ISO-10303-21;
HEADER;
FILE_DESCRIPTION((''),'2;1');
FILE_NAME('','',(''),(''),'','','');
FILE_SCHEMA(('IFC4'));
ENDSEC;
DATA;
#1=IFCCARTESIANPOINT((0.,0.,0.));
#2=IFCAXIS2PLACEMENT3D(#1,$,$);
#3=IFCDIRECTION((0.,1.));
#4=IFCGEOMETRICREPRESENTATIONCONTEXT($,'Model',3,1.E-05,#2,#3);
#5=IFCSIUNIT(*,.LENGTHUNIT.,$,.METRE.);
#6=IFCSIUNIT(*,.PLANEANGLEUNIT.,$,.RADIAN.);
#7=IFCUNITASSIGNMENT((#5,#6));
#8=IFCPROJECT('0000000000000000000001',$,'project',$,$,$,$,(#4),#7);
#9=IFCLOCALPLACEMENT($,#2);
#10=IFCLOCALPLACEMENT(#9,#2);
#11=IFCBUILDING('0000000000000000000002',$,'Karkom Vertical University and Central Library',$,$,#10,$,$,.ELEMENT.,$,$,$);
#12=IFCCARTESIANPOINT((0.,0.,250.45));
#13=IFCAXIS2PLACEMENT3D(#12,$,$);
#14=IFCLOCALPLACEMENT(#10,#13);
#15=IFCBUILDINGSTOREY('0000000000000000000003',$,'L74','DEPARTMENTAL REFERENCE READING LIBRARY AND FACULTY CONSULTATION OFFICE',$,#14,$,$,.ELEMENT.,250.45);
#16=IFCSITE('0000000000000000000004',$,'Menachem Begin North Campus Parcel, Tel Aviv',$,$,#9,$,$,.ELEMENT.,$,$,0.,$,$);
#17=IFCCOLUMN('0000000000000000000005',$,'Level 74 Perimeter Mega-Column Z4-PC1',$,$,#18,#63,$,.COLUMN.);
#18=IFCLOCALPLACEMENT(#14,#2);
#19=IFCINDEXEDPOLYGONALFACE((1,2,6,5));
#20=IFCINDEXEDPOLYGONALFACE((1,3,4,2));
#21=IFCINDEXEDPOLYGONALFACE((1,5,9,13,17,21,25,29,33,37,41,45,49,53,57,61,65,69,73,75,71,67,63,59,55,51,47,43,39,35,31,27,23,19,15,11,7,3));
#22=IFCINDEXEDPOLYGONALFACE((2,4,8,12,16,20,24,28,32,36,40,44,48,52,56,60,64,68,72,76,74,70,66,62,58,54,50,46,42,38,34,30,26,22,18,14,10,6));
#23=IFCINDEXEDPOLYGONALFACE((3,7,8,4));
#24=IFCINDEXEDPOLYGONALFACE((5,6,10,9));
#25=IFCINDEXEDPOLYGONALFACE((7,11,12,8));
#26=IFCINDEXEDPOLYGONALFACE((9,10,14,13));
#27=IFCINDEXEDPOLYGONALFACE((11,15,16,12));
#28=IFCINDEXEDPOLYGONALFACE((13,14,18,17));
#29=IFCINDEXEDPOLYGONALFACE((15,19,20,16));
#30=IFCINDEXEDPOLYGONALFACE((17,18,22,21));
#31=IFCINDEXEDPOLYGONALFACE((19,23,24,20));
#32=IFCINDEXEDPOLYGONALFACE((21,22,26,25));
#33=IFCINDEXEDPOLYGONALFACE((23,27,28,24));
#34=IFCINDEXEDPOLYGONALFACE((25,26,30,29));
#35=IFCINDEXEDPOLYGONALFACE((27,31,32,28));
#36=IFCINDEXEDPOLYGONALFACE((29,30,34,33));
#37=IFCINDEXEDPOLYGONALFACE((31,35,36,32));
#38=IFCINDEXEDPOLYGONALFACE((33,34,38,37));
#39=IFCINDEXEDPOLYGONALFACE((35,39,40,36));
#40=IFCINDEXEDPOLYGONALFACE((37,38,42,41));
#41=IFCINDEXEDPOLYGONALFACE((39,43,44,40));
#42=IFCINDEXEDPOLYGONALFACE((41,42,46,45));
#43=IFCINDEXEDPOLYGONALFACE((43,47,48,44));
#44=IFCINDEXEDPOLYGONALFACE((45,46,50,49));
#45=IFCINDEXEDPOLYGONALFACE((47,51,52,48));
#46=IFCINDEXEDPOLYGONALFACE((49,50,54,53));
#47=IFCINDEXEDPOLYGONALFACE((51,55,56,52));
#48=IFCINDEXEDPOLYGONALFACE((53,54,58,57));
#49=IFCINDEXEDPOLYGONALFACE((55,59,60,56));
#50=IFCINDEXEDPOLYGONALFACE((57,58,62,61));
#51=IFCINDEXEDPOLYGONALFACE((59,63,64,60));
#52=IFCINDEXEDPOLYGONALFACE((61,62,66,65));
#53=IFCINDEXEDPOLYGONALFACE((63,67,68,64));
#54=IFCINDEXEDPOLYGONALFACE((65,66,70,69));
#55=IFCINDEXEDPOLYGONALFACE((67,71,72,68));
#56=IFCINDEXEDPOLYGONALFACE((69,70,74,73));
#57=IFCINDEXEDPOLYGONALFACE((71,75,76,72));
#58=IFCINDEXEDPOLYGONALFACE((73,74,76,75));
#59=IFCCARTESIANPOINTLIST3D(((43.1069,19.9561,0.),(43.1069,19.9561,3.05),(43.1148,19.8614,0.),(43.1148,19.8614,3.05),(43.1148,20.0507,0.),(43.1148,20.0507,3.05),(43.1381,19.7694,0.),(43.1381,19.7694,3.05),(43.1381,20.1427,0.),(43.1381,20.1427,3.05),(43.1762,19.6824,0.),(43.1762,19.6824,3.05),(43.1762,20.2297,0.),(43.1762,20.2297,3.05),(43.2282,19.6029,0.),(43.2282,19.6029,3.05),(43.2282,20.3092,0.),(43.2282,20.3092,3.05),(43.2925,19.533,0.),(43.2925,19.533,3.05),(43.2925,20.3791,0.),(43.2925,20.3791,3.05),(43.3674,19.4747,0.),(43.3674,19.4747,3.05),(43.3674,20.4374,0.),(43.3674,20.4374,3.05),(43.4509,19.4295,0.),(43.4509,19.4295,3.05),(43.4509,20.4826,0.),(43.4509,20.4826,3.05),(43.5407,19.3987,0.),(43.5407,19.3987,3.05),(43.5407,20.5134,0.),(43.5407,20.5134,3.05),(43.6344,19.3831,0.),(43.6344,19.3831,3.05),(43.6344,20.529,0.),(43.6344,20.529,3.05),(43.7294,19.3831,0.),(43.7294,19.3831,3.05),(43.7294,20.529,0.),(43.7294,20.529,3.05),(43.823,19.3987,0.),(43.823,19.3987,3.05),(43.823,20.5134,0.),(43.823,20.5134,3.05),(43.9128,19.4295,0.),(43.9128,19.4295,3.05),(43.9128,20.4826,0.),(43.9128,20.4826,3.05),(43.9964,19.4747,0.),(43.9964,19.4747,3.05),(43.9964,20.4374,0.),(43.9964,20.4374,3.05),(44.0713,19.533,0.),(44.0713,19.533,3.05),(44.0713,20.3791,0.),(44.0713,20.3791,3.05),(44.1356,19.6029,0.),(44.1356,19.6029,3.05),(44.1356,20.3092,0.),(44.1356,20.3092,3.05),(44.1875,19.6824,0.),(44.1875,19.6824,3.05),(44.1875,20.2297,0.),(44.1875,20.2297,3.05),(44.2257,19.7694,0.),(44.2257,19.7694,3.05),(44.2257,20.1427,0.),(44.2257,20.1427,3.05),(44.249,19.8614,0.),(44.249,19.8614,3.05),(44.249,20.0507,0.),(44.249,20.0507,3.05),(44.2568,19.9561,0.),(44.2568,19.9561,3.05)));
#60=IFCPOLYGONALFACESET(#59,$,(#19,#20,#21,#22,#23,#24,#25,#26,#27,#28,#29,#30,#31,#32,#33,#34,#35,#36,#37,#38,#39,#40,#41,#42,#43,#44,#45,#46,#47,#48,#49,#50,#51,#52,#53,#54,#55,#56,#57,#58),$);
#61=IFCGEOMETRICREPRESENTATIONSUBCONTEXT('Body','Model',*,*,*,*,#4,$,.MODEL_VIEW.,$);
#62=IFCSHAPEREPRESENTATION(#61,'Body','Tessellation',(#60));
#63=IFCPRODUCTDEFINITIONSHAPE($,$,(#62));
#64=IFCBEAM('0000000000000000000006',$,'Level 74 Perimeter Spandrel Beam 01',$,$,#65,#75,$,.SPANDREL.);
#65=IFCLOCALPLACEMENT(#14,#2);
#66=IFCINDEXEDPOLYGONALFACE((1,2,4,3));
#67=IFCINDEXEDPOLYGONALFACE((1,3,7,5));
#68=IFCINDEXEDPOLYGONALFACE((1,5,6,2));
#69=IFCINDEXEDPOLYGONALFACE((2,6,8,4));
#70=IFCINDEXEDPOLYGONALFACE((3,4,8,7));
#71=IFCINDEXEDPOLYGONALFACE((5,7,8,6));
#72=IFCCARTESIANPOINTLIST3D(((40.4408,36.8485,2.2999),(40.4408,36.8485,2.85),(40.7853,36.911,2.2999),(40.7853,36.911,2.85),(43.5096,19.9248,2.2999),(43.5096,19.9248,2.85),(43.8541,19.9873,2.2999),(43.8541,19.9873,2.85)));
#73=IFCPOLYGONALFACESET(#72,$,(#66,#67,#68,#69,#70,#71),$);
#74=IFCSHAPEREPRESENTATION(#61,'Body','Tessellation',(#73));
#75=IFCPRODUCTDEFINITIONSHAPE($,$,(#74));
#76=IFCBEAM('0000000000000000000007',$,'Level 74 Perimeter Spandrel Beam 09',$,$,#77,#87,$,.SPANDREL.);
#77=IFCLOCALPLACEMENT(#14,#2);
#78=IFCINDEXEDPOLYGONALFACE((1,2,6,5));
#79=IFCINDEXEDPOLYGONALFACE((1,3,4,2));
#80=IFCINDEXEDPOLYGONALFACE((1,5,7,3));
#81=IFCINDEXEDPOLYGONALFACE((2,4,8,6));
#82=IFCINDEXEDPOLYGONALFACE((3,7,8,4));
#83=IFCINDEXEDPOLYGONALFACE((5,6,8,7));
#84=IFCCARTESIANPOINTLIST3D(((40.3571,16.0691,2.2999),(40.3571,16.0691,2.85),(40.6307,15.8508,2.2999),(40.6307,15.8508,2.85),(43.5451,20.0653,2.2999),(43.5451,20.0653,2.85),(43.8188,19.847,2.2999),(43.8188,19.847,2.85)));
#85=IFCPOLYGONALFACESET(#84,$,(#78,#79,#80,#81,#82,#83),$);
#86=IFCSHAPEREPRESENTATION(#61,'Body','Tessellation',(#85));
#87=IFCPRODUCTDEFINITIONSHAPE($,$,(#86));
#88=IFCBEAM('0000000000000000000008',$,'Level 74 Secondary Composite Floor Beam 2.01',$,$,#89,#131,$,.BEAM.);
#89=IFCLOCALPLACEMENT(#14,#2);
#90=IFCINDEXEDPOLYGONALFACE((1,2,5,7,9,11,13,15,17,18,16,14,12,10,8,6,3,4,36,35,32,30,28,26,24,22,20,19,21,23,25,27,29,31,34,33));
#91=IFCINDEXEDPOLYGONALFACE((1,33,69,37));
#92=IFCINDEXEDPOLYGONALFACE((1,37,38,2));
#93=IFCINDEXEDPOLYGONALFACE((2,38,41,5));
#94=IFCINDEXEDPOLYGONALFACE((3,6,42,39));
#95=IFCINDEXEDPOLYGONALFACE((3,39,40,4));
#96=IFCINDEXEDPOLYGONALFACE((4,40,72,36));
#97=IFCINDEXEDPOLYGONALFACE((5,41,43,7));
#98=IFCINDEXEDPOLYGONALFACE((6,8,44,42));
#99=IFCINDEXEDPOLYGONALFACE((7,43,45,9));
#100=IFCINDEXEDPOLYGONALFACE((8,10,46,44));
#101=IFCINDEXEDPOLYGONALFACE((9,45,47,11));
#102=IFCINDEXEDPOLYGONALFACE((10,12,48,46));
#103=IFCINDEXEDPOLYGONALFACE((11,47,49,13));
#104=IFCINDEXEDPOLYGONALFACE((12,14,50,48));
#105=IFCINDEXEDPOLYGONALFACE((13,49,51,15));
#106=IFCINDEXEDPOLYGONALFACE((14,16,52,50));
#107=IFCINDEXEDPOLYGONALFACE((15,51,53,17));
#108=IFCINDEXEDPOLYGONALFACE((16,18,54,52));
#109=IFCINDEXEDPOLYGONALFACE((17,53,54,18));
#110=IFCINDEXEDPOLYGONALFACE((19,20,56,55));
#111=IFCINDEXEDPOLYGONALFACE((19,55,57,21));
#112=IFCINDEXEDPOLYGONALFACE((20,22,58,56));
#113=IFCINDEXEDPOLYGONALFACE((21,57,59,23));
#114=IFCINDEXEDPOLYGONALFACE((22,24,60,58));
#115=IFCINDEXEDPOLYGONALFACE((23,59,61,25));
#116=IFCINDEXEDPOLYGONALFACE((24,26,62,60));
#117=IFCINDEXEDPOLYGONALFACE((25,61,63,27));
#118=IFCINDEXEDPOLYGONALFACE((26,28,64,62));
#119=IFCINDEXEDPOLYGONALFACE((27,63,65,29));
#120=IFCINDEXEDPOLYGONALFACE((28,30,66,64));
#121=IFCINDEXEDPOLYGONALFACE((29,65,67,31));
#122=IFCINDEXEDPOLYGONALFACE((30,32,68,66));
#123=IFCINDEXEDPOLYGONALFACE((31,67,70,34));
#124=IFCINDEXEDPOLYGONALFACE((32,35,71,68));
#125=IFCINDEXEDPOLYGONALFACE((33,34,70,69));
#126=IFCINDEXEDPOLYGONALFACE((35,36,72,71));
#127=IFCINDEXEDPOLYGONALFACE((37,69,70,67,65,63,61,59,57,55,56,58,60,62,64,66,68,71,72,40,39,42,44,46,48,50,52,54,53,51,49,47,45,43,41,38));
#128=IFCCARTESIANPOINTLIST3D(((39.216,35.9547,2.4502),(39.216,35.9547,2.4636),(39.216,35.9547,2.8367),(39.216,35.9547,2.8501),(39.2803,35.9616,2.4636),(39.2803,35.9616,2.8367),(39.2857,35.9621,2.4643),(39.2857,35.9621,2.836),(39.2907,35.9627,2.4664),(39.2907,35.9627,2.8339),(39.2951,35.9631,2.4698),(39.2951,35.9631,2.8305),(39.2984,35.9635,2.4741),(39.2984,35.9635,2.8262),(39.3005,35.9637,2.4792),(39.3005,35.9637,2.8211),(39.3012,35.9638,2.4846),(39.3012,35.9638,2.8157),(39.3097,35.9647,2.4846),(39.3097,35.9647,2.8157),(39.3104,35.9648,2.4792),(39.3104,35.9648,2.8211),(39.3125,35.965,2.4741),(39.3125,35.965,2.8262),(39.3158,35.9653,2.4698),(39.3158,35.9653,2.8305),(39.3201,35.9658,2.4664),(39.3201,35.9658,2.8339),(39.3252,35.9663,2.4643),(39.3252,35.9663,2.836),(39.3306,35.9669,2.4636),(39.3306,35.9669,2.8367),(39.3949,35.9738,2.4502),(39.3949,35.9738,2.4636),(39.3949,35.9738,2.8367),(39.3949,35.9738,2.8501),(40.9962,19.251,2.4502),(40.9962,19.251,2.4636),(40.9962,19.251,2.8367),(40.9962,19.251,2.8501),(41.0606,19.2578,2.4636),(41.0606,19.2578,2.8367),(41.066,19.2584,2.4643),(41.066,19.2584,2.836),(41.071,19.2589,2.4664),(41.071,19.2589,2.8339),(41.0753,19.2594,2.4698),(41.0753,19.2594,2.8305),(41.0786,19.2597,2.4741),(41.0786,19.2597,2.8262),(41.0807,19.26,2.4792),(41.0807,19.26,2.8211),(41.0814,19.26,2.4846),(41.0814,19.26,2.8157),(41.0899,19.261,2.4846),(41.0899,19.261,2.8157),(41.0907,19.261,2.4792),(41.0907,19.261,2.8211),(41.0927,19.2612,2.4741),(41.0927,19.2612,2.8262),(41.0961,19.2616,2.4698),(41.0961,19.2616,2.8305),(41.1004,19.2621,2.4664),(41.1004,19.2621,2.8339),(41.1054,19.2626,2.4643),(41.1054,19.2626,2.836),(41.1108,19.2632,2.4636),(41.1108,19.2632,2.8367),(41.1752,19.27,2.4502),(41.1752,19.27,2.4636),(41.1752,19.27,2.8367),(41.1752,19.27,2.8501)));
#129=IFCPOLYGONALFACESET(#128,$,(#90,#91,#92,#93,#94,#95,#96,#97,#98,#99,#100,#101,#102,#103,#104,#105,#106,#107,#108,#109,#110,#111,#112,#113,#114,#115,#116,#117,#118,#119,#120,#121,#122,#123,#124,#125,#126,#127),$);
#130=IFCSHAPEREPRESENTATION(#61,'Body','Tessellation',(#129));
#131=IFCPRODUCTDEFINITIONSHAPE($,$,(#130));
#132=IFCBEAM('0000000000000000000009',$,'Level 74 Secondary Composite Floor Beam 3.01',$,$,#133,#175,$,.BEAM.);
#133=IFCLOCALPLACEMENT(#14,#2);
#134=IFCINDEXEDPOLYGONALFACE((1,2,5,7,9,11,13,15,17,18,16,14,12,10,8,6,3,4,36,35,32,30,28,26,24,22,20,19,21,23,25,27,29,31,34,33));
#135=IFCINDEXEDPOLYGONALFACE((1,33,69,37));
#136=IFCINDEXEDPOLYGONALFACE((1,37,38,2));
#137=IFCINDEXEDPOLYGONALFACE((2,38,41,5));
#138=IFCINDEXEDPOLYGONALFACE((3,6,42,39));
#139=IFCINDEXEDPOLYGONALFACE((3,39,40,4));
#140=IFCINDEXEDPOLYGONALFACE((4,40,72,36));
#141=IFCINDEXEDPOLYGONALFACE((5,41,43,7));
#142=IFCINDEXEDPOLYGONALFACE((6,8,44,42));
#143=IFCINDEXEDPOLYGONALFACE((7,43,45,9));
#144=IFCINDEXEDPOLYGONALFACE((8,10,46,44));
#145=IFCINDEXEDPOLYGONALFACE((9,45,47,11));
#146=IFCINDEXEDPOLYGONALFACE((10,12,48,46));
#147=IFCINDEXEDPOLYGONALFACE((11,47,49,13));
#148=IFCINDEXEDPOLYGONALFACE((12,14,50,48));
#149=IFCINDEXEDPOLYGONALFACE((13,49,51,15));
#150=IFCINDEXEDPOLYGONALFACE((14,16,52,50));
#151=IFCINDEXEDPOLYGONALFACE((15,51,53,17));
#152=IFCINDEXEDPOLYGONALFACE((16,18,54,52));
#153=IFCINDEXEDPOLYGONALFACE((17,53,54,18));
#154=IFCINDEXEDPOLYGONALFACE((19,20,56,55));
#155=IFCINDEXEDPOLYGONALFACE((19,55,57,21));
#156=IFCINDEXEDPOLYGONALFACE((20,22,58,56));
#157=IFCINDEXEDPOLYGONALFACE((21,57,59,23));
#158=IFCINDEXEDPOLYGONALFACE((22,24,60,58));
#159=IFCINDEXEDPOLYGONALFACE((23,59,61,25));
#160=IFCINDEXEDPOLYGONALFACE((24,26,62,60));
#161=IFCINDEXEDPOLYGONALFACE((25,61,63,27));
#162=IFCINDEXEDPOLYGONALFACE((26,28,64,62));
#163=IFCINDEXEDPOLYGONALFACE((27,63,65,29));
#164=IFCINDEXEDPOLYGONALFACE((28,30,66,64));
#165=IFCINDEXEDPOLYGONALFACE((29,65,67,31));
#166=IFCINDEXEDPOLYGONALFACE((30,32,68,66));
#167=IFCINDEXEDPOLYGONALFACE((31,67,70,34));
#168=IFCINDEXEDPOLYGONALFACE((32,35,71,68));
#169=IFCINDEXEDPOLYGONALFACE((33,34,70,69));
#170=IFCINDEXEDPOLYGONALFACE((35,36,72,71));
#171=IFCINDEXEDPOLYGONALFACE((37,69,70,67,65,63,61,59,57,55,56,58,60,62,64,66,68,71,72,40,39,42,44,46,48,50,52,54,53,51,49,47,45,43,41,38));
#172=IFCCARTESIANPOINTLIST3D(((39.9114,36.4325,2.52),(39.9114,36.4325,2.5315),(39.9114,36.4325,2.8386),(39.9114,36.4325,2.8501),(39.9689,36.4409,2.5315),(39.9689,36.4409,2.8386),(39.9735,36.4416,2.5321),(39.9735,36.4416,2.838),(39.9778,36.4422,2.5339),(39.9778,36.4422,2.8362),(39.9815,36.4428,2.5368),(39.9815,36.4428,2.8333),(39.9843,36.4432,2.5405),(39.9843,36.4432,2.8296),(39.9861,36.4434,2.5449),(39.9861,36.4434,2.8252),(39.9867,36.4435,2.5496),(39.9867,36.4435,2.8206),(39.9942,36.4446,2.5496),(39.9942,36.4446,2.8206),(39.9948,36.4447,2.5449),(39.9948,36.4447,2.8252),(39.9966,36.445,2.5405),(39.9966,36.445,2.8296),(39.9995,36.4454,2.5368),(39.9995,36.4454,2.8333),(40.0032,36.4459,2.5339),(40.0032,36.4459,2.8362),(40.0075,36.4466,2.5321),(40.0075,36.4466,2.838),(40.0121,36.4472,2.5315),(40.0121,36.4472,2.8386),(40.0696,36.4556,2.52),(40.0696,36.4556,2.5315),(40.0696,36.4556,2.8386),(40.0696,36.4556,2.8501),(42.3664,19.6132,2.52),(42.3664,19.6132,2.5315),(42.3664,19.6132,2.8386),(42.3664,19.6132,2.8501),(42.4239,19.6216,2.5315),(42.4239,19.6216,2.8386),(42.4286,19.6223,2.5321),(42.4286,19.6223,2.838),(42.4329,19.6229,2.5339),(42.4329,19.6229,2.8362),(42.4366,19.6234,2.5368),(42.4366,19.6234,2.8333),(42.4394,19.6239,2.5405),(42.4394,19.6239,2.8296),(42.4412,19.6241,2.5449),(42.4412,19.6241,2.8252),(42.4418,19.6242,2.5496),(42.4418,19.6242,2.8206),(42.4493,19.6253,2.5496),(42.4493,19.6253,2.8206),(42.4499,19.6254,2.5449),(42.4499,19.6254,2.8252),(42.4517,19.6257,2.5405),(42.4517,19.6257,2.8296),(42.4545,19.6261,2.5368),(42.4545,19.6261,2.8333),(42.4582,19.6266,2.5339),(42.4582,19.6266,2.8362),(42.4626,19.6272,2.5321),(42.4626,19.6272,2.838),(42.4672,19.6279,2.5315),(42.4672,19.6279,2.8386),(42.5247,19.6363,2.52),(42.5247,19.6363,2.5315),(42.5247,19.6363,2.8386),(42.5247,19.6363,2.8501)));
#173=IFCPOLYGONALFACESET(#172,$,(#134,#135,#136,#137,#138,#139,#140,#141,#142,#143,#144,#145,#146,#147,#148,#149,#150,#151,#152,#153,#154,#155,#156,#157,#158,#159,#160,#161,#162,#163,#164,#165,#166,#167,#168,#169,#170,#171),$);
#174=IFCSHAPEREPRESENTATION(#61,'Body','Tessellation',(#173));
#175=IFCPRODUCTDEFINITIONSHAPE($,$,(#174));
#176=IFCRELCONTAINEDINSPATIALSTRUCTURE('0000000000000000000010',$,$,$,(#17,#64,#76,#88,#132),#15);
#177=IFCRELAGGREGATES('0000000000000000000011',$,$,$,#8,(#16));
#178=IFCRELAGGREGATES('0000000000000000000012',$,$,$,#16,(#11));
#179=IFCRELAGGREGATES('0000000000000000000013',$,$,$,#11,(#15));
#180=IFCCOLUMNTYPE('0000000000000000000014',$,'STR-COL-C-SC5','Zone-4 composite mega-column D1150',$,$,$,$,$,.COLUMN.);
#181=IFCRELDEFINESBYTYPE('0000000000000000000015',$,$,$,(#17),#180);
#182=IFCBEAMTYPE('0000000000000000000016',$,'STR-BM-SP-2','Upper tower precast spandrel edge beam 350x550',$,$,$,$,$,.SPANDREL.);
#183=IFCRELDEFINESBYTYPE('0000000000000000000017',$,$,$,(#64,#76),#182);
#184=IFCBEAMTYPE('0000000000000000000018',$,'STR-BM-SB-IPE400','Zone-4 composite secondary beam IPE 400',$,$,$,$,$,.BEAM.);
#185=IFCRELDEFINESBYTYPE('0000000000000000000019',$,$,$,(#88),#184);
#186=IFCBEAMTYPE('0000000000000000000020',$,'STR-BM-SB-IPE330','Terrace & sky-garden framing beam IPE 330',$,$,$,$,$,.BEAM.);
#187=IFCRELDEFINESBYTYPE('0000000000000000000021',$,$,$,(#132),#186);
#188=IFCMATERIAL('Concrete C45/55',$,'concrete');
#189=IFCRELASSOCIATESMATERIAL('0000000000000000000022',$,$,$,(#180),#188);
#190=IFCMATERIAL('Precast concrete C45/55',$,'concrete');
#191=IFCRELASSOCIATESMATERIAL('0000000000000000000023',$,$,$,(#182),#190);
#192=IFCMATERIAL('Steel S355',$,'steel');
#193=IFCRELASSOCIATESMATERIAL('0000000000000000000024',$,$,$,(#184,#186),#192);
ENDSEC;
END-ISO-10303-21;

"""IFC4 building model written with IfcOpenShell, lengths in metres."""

from ifc_helpers import new_model, si_unit, direction, frame, origin, origin_with_axes, origin_2d, place, context, subcontext, project, spatial, rectangle, circle, i_section, extrude, source, transform, mapped, material, material_profile, profile_set, type_object, element, save


model = new_model("IFC4")

# Units and contexts
model_context = context("Model", 3, precision=1e-05, world=origin(), true_north=direction((0.0, 1.0)))
body_context = subcontext(model_context, "Body", "Model", "MODEL_VIEW")
ifc_project = project(units=[si_unit("LENGTHUNIT", "METRE"), si_unit("PLANEANGLEUNIT", "RADIAN")], contexts=[model_context])

# Site, building, storey
site_placement = place(None, origin())
site = spatial("IfcSite", under=ifc_project, at=site_placement, Name="Menachem Begin North Campus Parcel, Tel Aviv", CompositionType="ELEMENT", RefElevation=0.0)
building_placement = place(site_placement, origin())
building = spatial("IfcBuilding", under=site, at=building_placement, Name="Karkom Vertical University and Central Library", CompositionType="ELEMENT")
storey_placement = place(building_placement, frame((0.0, 0.0, 250.45)))
storey = spatial("IfcBuildingStorey", under=building, at=storey_placement, Name="L74", Description="DEPARTMENTAL REFERENCE READING LIBRARY AND FACULTY CONSULTATION OFFICE", CompositionType="ELEMENT", Elevation=250.45)

# Column
ifc_material_1 = material(Name="Concrete C45/55", Category="concrete")
ifc_material_profile_1 = material_profile(ifc_material_1, circle(Radius=0.575, at=origin_2d()), Name="CFT-D1150")
ifc_profile_set_1 = profile_set([ifc_material_profile_1], Name="Concrete C45/55")
column_type = type_object("IfcColumnType", Name="STR-COL-C-SC5", Description="Zone-4 composite mega-column D1150", PredefinedType="COLUMN", material=ifc_profile_set_1)
shared_shape_1 = source(origin_with_axes(), body_context, "Body", "SweptSolid", [
    extrude(circle(Radius=0.575, at=origin_2d()), origin(), (0.0, 0.0, 1.0), 3.05),
])
column_placement = place(storey_placement, frame((43.6819, 19.9561, 0.0), z_axis=(0.0, 0.0, 1.0), x_axis=(1.0, 0.0, 0.0)))
element("IfcColumn", 1, at=column_placement, inside=storey, type_object=column_type, Name="Level 74 Perimeter Mega-Column Z4-PC1", PredefinedType="COLUMN", context=body_context, shape_type="MappedRepresentation", body=[
    mapped(shared_shape_1, transform((0.0, 0.0, 0.0), scale=1.0)),
])

# Beams
ifc_material_2 = material(Name="Precast concrete C45/55", Category="concrete")
ifc_material_profile_2 = material_profile(ifc_material_2, rectangle(XDim=0.3501, YDim=0.55, at=origin_2d()), Name="SPB-350x550")
ifc_profile_set_2 = profile_set([ifc_material_profile_2], Name="Precast concrete C45/55")
beam_type_1 = type_object("IfcBeamType", Name="STR-BM-SP-2", Description="Upper tower precast spandrel edge beam 350x550", PredefinedType="SPANDREL", material=ifc_profile_set_2)
shared_shape_2 = source(origin_with_axes(), body_context, "Body", "SweptSolid", [
    extrude(rectangle(XDim=0.3501, YDim=0.55, at=origin_2d()), origin(), (0.0, 0.0, 1.0), 17.1997),
])
beam_1_placement = place(storey_placement, frame((43.6819, 19.9561, 2.575), z_axis=(-0.178423, 0.983954, 0.0), x_axis=(-0.983954, -0.178423, 0.0)))
element("IfcBeam", 2, at=beam_1_placement, inside=storey, type_object=beam_type_1, Name="Level 74 Perimeter Spandrel Beam 01", PredefinedType="SPANDREL", context=body_context, shape_type="MappedRepresentation", body=[
    mapped(shared_shape_2, transform((0.0, 0.0, 0.0), scale=1.0)),
])
shared_shape_3 = source(origin_with_axes(), body_context, "Body", "SweptSolid", [
    extrude(rectangle(XDim=0.3501, YDim=0.55, at=origin_2d()), origin(), (0.0, 0.0, 1.0), 5.1121),
])
beam_2_placement = place(storey_placement, frame((40.4939, 15.96, 2.575), z_axis=(0.623634, 0.781716, 0.0), x_axis=(-0.781716, 0.623634, 0.0)))
element("IfcBeam", 3, at=beam_2_placement, inside=storey, type_object=beam_type_1, Name="Level 74 Perimeter Spandrel Beam 09", PredefinedType="SPANDREL", context=body_context, shape_type="MappedRepresentation", body=[
    mapped(shared_shape_3, transform((0.0, 0.0, 0.0), scale=1.0)),
])
ifc_material_3 = material(Name="Steel S355", Category="steel")
ifc_material_profile_3 = material_profile(ifc_material_3, i_section(OverallWidth=0.1799, OverallDepth=0.3999, WebThickness=0.0085, FlangeThickness=0.0134, FilletRadius=0.021, at=origin_2d()), Name="IPE 400")
ifc_profile_set_3 = profile_set([ifc_material_profile_3], Name="Steel S355")
beam_type_2 = type_object("IfcBeamType", Name="STR-BM-SB-IPE400", Description="Zone-4 composite secondary beam IPE 400", PredefinedType="BEAM", material=ifc_profile_set_3)
shared_shape_4 = source(origin_with_axes(), body_context, "Body", "SweptSolid", [
    extrude(i_section(OverallWidth=0.1799, OverallDepth=0.3999, WebThickness=0.0085, FlangeThickness=0.0134, FilletRadius=0.021, at=origin_2d()), origin(), (0.0, 0.0, 1.0), 16.7983),
])
beam_3_placement = place(storey_placement, frame((41.0857, 19.2605, 2.6501), z_axis=(-0.105978, 0.994368, 0.0), x_axis=(-0.994368, -0.105978, 0.0)))
element("IfcBeam", 4, at=beam_3_placement, inside=storey, type_object=beam_type_2, Name="Level 74 Secondary Composite Floor Beam 2.01", PredefinedType="BEAM", context=body_context, shape_type="MappedRepresentation", body=[
    mapped(shared_shape_4, transform((0.0, 0.0, 0.0), scale=1.0)),
])
ifc_material_profile_4 = material_profile(ifc_material_3, i_section(OverallWidth=0.1599, OverallDepth=0.3301, WebThickness=0.0076, FlangeThickness=0.0115, FilletRadius=0.0181, at=origin_2d()), Name="IPE 330")
ifc_profile_set_4 = profile_set([ifc_material_profile_4], Name="Steel S355")
beam_type_3 = type_object("IfcBeamType", Name="STR-BM-SB-IPE330", Description="Terrace & sky-garden framing beam IPE 330", PredefinedType="BEAM", material=ifc_profile_set_4)
shared_shape_5 = source(origin_with_axes(), body_context, "Body", "SweptSolid", [
    extrude(i_section(OverallWidth=0.1599, OverallDepth=0.3301, WebThickness=0.0076, FlangeThickness=0.0115, FilletRadius=0.0181, at=origin_2d()), origin(), (0.0, 0.0, 1.0), 16.9976),
])
beam_4_placement = place(storey_placement, frame((42.4456, 19.6248, 2.6851), z_axis=(-0.144437, 0.989514, 0.0), x_axis=(-0.989514, -0.144437, 0.0)))
element("IfcBeam", 5, at=beam_4_placement, inside=storey, type_object=beam_type_3, Name="Level 74 Secondary Composite Floor Beam 3.01", PredefinedType="BEAM", context=body_context, shape_type="MappedRepresentation", body=[
    mapped(shared_shape_5, transform((0.0, 0.0, 0.0), scale=1.0)),
])

save(model, "model.ifc")
